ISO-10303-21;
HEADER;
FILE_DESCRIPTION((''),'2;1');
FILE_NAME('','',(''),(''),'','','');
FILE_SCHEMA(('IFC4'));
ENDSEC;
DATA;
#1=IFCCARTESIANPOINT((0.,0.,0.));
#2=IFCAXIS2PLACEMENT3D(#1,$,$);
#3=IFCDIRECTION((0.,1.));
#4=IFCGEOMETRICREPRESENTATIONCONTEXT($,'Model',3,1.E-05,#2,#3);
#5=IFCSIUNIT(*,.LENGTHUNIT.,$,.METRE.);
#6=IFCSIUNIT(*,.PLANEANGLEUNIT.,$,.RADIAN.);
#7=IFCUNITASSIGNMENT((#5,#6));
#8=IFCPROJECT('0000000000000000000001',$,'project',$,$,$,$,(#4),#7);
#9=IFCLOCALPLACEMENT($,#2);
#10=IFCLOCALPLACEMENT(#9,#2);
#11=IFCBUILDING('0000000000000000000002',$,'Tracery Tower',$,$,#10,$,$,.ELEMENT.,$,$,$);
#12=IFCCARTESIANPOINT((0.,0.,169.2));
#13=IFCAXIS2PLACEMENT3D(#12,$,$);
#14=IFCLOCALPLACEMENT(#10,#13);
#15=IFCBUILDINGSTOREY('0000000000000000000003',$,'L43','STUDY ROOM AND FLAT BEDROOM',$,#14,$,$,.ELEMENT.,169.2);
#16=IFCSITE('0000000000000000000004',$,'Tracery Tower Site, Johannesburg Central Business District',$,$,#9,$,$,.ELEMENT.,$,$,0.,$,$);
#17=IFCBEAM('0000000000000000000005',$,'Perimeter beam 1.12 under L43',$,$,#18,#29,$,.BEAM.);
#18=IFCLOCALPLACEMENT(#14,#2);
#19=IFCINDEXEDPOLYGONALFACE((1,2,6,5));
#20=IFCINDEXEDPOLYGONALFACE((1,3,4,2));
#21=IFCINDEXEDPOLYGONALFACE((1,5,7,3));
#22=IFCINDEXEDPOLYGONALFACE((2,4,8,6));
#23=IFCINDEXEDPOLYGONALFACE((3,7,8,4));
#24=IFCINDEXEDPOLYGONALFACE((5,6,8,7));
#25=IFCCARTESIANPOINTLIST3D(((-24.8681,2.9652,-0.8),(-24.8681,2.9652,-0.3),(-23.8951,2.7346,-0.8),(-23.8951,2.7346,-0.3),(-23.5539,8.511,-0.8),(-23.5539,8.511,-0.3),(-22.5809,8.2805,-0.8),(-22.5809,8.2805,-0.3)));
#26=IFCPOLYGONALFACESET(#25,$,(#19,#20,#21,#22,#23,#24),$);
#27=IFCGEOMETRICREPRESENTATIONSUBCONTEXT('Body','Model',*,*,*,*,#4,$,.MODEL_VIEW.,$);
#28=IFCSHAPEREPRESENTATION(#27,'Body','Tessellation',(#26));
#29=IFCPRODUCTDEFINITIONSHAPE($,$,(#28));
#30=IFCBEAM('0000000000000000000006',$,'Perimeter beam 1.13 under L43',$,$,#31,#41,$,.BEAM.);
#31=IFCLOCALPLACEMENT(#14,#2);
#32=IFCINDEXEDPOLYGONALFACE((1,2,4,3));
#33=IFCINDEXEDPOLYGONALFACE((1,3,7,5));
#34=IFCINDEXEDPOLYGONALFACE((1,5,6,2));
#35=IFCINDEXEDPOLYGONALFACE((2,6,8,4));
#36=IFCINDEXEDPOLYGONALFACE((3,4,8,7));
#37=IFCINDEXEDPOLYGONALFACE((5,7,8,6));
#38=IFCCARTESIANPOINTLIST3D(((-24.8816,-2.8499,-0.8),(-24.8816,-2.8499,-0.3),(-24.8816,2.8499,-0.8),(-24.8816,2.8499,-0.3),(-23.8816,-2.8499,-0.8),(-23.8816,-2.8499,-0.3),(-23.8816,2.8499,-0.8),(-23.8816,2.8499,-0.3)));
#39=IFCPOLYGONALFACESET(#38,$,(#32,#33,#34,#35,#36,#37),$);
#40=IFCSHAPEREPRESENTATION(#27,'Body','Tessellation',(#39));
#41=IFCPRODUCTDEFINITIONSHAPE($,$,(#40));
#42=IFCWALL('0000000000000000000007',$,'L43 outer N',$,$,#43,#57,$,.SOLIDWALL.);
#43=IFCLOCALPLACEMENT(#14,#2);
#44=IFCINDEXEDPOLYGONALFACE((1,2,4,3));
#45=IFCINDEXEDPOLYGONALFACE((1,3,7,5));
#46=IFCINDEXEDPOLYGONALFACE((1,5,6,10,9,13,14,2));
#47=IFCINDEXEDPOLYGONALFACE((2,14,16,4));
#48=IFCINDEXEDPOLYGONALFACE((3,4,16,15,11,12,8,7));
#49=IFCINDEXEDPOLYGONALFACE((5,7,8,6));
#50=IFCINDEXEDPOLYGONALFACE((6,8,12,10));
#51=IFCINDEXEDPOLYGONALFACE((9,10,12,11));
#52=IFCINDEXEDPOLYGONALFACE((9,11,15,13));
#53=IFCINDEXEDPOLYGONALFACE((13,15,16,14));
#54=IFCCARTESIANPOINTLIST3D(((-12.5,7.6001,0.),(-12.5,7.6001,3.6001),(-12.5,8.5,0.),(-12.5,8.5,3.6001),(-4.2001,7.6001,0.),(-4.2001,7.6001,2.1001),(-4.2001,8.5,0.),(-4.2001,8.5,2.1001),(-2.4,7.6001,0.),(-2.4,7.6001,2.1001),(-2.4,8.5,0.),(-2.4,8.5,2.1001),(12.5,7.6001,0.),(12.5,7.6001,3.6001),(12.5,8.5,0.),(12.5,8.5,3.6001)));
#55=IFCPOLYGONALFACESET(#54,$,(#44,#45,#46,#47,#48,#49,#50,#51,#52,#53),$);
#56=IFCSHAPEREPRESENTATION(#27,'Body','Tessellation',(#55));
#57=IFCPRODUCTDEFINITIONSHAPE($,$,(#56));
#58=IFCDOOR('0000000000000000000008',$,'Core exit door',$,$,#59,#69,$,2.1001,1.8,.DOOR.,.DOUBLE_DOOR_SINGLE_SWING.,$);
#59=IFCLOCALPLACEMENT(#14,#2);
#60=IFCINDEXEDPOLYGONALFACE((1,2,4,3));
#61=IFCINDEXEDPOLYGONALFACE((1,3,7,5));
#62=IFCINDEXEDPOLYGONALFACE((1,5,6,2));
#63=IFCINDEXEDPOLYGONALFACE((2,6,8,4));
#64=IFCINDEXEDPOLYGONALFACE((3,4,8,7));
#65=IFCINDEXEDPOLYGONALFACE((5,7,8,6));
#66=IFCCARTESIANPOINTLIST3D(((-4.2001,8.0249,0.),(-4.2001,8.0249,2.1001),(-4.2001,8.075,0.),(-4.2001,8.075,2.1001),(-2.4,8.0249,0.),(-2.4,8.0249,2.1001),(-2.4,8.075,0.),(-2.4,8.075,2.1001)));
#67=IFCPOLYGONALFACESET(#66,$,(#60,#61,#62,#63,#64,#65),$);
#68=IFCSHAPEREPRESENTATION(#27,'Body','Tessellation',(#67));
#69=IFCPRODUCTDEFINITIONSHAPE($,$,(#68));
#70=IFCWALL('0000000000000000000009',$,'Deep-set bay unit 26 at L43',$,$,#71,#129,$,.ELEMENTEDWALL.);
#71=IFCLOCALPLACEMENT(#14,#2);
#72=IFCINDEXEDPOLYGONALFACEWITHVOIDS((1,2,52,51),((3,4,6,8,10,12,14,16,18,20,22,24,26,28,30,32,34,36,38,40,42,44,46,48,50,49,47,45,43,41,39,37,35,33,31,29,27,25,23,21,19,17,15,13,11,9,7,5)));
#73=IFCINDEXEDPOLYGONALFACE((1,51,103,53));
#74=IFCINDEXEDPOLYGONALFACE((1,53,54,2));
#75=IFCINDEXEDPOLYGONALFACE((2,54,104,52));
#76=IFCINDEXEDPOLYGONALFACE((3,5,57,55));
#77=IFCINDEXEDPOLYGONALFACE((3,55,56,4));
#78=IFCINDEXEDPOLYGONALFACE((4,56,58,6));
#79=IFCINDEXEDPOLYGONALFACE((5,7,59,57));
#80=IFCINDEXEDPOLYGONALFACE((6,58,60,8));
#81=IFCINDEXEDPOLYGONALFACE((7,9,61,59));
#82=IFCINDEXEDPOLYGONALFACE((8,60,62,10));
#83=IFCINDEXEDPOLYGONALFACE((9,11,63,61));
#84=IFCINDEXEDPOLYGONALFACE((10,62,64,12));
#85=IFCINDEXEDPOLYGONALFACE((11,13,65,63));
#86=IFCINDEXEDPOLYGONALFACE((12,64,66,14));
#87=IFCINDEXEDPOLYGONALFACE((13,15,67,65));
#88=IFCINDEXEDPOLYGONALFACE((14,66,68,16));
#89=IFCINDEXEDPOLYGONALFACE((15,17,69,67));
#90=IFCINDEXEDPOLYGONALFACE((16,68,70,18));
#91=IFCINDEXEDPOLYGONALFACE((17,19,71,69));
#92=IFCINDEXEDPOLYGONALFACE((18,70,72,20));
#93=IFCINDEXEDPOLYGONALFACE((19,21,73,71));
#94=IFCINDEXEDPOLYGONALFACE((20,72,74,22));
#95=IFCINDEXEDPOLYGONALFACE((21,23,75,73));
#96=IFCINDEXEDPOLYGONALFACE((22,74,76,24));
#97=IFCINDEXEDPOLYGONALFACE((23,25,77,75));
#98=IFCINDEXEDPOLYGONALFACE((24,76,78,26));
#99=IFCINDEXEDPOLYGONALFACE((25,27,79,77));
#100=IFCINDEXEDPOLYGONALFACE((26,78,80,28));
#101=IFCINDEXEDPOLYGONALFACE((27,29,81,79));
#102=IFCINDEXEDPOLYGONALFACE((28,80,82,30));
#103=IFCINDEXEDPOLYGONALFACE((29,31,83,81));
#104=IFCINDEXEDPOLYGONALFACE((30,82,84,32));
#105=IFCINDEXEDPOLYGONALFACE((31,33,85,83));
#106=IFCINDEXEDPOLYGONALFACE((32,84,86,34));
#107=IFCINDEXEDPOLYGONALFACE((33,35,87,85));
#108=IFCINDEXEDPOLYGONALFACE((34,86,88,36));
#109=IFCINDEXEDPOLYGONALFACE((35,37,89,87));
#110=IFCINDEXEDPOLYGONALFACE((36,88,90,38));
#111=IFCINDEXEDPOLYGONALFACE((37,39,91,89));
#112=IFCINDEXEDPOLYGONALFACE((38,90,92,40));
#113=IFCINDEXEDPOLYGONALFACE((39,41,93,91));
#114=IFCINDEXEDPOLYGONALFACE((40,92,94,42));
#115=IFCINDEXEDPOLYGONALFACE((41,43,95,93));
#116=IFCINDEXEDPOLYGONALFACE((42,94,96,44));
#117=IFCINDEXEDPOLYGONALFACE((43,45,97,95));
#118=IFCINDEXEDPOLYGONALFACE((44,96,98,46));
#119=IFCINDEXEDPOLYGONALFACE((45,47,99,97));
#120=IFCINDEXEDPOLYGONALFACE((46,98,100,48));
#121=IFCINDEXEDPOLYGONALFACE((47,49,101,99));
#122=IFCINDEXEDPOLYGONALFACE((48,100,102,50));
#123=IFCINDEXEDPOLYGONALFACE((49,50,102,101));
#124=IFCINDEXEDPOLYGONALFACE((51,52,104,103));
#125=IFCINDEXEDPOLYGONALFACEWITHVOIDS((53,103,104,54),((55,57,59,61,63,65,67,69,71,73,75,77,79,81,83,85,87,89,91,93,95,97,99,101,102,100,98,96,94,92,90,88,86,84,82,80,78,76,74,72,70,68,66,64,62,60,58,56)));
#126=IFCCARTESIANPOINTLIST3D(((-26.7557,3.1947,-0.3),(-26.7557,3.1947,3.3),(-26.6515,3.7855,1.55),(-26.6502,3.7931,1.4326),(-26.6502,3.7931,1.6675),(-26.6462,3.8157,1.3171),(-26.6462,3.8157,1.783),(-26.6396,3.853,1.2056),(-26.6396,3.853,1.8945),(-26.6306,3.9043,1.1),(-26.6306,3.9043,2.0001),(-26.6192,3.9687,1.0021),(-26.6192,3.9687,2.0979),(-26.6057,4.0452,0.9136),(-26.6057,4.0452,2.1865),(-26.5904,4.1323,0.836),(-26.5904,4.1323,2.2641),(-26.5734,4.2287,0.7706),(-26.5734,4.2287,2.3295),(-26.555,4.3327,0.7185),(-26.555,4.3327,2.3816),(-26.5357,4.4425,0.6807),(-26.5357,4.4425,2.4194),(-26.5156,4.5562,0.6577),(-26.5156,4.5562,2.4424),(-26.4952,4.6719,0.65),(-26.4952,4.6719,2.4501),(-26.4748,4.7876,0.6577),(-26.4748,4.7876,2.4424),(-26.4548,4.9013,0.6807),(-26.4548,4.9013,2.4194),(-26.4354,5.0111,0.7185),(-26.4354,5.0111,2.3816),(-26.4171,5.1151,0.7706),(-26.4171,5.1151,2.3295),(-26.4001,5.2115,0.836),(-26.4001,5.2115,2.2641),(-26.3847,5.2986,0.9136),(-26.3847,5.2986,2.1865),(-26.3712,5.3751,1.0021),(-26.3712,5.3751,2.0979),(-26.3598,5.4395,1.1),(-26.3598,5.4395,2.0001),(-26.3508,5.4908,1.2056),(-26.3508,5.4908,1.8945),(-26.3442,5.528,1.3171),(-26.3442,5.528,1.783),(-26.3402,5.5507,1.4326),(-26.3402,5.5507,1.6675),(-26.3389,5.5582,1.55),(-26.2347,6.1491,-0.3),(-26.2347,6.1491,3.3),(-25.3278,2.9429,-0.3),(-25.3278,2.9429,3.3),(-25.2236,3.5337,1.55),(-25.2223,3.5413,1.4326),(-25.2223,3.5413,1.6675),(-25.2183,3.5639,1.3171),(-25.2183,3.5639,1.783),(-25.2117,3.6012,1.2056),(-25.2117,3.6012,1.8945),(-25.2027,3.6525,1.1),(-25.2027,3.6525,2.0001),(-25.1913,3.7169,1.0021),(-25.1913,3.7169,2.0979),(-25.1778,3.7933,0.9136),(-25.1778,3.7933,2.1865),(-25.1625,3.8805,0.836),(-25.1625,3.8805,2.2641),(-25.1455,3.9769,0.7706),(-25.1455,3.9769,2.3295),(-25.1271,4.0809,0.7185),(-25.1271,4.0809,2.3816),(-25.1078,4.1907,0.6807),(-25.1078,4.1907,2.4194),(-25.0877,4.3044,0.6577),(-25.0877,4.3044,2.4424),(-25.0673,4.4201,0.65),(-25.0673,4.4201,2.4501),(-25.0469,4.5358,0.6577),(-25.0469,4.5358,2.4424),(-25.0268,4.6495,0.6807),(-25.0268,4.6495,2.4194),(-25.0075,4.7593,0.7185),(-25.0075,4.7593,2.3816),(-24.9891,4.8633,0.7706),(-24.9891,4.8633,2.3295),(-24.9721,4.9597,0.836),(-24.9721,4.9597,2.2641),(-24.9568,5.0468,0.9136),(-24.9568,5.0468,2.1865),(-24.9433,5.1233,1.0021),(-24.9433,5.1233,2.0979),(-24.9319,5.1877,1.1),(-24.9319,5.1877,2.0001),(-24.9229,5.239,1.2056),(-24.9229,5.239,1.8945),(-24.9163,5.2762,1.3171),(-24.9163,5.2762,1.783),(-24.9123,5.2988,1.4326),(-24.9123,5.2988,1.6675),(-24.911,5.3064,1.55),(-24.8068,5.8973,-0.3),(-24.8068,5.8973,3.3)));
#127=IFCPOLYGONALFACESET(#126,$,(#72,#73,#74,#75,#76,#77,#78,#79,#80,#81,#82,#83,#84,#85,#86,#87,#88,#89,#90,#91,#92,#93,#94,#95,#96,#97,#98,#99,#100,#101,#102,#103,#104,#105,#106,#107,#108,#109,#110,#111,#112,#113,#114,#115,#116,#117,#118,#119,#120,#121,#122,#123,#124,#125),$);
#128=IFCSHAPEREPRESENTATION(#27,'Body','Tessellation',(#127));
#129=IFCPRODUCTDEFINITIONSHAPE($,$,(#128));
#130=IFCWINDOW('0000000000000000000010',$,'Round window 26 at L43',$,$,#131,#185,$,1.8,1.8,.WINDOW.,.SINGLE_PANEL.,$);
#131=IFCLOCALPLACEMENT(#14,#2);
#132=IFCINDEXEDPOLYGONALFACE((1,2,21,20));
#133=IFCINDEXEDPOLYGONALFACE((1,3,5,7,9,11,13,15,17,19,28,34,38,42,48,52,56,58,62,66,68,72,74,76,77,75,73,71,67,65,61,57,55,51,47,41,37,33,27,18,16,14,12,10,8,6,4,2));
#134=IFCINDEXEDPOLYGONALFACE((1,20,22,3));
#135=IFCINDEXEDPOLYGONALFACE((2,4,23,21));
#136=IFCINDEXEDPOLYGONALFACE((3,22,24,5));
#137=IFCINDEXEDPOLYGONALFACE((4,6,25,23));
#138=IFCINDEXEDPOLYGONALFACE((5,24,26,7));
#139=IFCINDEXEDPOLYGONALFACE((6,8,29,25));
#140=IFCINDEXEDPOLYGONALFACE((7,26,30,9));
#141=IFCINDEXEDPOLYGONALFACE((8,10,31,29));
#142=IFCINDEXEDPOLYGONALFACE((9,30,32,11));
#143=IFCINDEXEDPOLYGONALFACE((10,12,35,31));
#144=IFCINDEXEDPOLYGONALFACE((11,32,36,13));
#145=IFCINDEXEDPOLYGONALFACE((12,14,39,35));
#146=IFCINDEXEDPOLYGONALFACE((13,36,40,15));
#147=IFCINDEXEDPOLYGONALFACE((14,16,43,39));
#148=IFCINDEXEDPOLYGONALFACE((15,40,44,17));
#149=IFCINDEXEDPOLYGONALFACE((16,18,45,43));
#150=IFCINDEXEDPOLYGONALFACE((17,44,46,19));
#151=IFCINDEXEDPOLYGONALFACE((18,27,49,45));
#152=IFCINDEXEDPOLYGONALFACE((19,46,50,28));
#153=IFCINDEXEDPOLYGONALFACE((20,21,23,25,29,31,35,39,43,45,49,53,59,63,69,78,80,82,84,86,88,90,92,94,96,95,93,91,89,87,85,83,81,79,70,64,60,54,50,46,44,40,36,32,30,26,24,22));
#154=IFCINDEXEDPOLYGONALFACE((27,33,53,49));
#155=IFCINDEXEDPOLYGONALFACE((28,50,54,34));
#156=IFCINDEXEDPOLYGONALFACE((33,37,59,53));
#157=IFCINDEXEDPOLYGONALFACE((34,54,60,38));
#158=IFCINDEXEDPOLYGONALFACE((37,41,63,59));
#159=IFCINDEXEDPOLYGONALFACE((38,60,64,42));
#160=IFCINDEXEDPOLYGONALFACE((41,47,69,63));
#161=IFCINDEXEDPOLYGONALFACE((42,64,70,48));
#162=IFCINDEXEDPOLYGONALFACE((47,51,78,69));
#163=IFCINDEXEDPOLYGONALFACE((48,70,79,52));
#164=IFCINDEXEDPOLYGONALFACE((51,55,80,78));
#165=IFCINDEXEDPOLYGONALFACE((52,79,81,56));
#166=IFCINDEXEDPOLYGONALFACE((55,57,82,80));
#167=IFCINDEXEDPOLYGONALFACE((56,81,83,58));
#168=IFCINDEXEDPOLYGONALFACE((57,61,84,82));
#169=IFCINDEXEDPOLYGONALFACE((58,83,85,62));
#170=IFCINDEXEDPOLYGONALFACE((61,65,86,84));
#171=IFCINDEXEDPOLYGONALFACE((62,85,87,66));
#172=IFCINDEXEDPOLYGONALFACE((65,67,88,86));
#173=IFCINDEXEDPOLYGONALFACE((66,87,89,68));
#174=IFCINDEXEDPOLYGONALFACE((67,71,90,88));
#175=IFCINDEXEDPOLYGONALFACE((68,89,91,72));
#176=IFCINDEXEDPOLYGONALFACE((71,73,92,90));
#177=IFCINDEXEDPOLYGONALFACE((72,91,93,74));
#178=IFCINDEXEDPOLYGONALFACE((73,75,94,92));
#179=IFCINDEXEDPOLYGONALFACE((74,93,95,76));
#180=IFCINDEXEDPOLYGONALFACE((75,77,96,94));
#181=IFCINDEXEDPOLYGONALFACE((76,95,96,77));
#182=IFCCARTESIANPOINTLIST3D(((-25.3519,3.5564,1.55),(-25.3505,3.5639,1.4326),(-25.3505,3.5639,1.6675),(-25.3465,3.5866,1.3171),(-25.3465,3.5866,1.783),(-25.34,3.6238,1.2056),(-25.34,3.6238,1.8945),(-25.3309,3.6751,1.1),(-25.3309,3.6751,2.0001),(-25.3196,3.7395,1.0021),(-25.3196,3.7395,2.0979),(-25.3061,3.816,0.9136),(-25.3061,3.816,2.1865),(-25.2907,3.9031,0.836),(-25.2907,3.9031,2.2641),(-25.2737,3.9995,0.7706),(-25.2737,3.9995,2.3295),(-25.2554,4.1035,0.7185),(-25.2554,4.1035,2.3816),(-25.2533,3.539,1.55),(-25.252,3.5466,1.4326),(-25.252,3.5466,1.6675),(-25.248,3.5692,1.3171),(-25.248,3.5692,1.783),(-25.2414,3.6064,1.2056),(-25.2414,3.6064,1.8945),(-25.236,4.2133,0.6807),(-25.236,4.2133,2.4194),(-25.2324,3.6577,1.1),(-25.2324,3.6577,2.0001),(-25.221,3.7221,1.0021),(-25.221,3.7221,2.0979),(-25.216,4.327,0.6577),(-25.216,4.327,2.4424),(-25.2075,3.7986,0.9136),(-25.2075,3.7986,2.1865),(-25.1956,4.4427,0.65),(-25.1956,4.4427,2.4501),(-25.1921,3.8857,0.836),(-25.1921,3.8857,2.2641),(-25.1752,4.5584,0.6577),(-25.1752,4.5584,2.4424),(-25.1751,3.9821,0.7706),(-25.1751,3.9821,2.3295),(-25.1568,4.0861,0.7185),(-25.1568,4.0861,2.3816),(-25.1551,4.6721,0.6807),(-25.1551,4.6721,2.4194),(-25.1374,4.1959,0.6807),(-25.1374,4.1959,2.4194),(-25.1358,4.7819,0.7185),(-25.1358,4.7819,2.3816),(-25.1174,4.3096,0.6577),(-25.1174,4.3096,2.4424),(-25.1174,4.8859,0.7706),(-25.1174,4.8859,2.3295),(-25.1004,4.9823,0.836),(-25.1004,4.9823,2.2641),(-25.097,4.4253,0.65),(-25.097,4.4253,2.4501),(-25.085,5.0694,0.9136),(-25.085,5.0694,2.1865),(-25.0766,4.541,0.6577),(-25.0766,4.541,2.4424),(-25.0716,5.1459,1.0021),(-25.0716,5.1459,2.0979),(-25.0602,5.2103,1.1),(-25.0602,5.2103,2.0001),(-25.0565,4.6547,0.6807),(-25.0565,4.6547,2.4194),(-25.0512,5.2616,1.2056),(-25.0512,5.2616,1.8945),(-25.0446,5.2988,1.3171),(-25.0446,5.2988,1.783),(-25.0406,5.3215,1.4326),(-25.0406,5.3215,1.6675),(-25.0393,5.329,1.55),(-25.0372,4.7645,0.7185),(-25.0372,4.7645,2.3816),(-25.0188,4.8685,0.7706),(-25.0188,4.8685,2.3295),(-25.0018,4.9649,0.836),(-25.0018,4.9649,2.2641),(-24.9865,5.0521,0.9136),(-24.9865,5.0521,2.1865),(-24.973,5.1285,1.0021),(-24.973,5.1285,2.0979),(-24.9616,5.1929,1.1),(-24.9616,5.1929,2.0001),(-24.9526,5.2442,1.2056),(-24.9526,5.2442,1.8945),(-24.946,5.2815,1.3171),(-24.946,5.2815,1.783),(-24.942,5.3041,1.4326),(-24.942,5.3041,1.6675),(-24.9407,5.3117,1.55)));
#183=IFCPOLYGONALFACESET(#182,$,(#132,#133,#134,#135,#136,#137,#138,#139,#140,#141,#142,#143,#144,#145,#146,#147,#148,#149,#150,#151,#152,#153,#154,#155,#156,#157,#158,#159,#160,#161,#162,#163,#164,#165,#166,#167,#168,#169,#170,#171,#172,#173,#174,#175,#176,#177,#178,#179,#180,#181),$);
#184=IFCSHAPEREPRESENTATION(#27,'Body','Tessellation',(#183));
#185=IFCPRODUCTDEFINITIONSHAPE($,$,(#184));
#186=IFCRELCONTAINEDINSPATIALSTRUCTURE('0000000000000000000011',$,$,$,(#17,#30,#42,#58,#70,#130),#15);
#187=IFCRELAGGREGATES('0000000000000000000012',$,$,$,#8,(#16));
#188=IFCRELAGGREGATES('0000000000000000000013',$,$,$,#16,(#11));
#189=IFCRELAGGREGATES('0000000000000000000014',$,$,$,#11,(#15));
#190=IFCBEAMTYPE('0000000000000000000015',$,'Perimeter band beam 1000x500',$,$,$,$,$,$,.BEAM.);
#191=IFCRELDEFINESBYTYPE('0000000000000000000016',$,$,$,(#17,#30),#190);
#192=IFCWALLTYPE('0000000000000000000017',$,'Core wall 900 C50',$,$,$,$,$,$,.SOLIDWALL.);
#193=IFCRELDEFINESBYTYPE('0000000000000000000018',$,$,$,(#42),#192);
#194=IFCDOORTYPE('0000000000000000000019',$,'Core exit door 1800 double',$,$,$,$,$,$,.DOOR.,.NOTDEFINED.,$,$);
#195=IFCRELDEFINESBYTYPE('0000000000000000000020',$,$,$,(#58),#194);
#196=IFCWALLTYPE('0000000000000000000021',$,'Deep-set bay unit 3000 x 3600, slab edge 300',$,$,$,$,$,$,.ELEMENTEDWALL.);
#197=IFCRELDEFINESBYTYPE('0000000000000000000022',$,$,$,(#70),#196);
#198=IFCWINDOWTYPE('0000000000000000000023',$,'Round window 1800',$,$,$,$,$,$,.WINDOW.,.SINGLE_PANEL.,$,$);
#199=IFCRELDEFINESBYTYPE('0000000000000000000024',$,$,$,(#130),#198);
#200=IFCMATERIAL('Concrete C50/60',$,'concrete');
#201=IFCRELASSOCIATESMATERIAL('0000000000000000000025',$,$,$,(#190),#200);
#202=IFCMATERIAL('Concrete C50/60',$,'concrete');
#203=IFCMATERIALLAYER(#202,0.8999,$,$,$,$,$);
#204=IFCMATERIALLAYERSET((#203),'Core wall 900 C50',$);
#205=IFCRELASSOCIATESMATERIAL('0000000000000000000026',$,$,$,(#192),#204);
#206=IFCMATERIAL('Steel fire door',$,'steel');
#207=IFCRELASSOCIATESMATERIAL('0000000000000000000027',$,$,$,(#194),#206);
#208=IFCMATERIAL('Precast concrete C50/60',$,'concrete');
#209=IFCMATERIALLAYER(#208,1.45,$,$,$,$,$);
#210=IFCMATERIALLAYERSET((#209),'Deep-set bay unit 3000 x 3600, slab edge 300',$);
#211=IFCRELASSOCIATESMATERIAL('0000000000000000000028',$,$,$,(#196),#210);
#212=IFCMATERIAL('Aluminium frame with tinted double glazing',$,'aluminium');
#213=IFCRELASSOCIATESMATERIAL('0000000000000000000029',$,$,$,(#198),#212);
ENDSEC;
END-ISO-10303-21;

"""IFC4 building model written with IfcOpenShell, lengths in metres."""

from ifc_helpers import new_model, si_unit, direction, frame, frame_2d, origin, origin_2d, place, context, subcontext, project, spatial, rectangle, circle, extrude, material, layer, layer_set, material_profile, profile_set, type_object, element, fill, save


model = new_model("IFC4")

# Units and contexts
model_context = context("Model", 3, precision=1e-05, world=origin(), true_north=direction((0.0, 1.0)))
body_context = subcontext(model_context, "Body", "Model", "MODEL_VIEW")
ifc_project = project(units=[si_unit("LENGTHUNIT", "METRE"), si_unit("PLANEANGLEUNIT", "RADIAN")], contexts=[model_context])

# Site, building, storey
site_placement = place(None, origin())
site = spatial("IfcSite", under=ifc_project, at=site_placement, Name="Tracery Tower Site, Johannesburg Central Business District", CompositionType="ELEMENT", RefElevation=0.0)
building_placement = place(site_placement, origin())
building = spatial("IfcBuilding", under=site, at=building_placement, Name="Tracery Tower", CompositionType="ELEMENT")
storey_placement = place(building_placement, frame((0.0, 0.0, 169.2)))
storey = spatial("IfcBuildingStorey", under=building, at=storey_placement, Name="L43", Description="STUDY ROOM AND FLAT BEDROOM", CompositionType="ELEMENT", Elevation=169.2)

# Beams
ifc_material_1 = material(Name="Concrete C50/60", Category="concrete")
ifc_material_profile_1 = material_profile(ifc_material_1, rectangle(XDim=1.0, YDim=0.5, at=origin_2d()), Name="RC 1000x500")
ifc_profile_set_1 = profile_set([ifc_material_profile_1], Name="Concrete C50/60")
beam_type = type_object("IfcBeamType", Name="Perimeter band beam 1000x500", PredefinedType="BEAM", material=ifc_profile_set_1)
beam_1_placement = place(storey_placement, frame((-23.0674, 8.3958, -0.55), z_axis=(-0.230584, -0.973052, 0.0), x_axis=(0.973052, -0.230584, 0.0)))
element("IfcBeam", 1, at=beam_1_placement, inside=storey, type_object=beam_type, Name="Perimeter beam 1.12 under L43", PredefinedType="BEAM", context=body_context, shape_type="SweptSolid", body=[
    extrude(rectangle(XDim=1.0, YDim=0.5, at=origin_2d()), origin(), (0.0, 0.0, 1.0), 5.6995),
])
beam_2_placement = place(storey_placement, frame((-24.3816, 2.8499, -0.55), z_axis=(0.0, -1.0, 0.0), x_axis=(1.0, 0.0, 0.0)))
element("IfcBeam", 2, at=beam_2_placement, inside=storey, type_object=beam_type, Name="Perimeter beam 1.13 under L43", PredefinedType="BEAM", context=body_context, shape_type="SweptSolid", body=[
    extrude(rectangle(XDim=1.0, YDim=0.5, at=origin_2d()), origin(), (0.0, 0.0, 1.0), 5.6997),
])

# Wall, opening, door
ifc_material_2 = material(Name="Concrete C50/60", Category="concrete")
ifc_layer_1 = layer(ifc_material_2, 0.8999)
ifc_layer_set_1 = layer_set([ifc_layer_1], Name="Core wall 900 C50")
wall_type_1 = type_object("IfcWallType", Name="Core wall 900 C50", PredefinedType="SOLIDWALL", material=ifc_layer_set_1)
wall_1_placement = place(storey_placement, frame((-12.5, 8.05, 0.0), z_axis=(0.0, 0.0, 1.0), x_axis=(1.0, 0.0, 0.0)))
wall_1 = element("IfcWall", 3, at=wall_1_placement, inside=storey, type_object=wall_type_1, Name="L43 outer N", PredefinedType="SOLIDWALL", context=body_context, shape_type="SweptSolid", body=[
    extrude(rectangle(XDim=25.0, YDim=0.8999, at=frame_2d((12.5, 0.0))), origin(), (0.0, 0.0, 1.0), 3.6001),
])
opening_1_placement = place(wall_1_placement, frame((8.3, 0.0, 0.0)))
opening_1 = element("IfcOpeningElement", 4, at=opening_1_placement, cuts=wall_1, PredefinedType="OPENING", context=body_context, shape_type="SweptSolid", body=[
    extrude(rectangle(XDim=1.8, YDim=2.1001, at=frame_2d((0.8999, 1.05))), frame((0.0, 0.45, 0.0), z_axis=(0.0, -1.0, 0.0), x_axis=(1.0, 0.0, 0.0)), (0.0, 0.0, 1.0), 0.8999),
])
ifc_material_3 = material(Name="Steel fire door", Category="steel")
door_type_1 = type_object("IfcDoorType", Name="Core exit door 1800 double", OperationType="NOTDEFINED", PredefinedType="DOOR", material=ifc_material_3)
door_1_placement = place(opening_1_placement, origin())
door_1 = element("IfcDoor", 5, at=door_1_placement, inside=storey, type_object=door_type_1, Name="Core exit door", OperationType="DOUBLE_DOOR_SINGLE_SWING", OverallHeight=2.1001, OverallWidth=1.8, PredefinedType="DOOR", context=body_context, shape_type="SweptSolid", body=[
    extrude(rectangle(XDim=1.8, YDim=2.1001, at=frame_2d((0.8999, 1.05))), frame((0.0, 0.0249, 0.0), z_axis=(0.0, -1.0, 0.0), x_axis=(1.0, 0.0, 0.0)), (0.0, 0.0, 1.0), 0.05),
])
fill(opening_1, door_1)

# Wall, opening, window
ifc_material_4 = material(Name="Precast concrete C50/60", Category="concrete")
ifc_layer_2 = layer(ifc_material_4, 1.45)
ifc_layer_set_2 = layer_set([ifc_layer_2], Name="Deep-set bay unit 3000 x 3600, slab edge 300")
wall_type_2 = type_object("IfcWallType", Name="Deep-set bay unit 3000 x 3600, slab edge 300", PredefinedType="ELEMENTEDWALL", material=ifc_layer_set_2)
wall_2_placement = place(storey_placement, frame((-25.5208, 6.0232, -0.3), z_axis=(0.0, 0.0, 1.0), x_axis=(-0.173669, -0.984804, 0.0)))
wall_2 = element("IfcWall", 6, at=wall_2_placement, inside=storey, type_object=wall_type_2, Name="Deep-set bay unit 26 at L43", PredefinedType="ELEMENTEDWALL", context=body_context, shape_type="SweptSolid", body=[
    extrude(rectangle(XDim=3.0, YDim=1.45, at=frame_2d((1.5, 0.0))), origin(), (0.0, 0.0, 1.0), 3.6001),
])
opening_2_placement = place(wall_2_placement, frame((1.5, 0.0, 1.8501)))
opening_2 = element("IfcOpeningElement", 7, at=opening_2_placement, cuts=wall_2, PredefinedType="OPENING", context=body_context, shape_type="SweptSolid", body=[
    extrude(circle(Radius=0.9, at=origin_2d()), frame((0.0, 0.7349, 0.0), z_axis=(0.0, -1.0, 0.0), x_axis=(1.0, 0.0, 0.0)), (0.0, 0.0, 1.0), 1.47),
])
ifc_material_5 = material(Name="Aluminium frame with tinted double glazing", Category="aluminium")
window_type = type_object("IfcWindowType", Name="Round window 1800", PartitioningType="SINGLE_PANEL", PredefinedType="WINDOW", material=ifc_material_5)
window_1_placement = place(opening_2_placement, origin())
window_1 = element("IfcWindow", 8, at=window_1_placement, inside=storey, type_object=window_type, Name="Round window 26 at L43", OverallHeight=1.8, OverallWidth=1.8, PartitioningType="SINGLE_PANEL", PredefinedType="WINDOW", context=body_context, shape_type="SweptSolid", body=[
    extrude(circle(Radius=0.9, at=origin_2d()), frame((0.0, 0.6948, 0.0), z_axis=(0.0, -1.0, 0.0), x_axis=(1.0, 0.0, 0.0)), (0.0, 0.0, 1.0), 0.1001),
])
fill(opening_2, window_1)

save(model, "model.ifc")
